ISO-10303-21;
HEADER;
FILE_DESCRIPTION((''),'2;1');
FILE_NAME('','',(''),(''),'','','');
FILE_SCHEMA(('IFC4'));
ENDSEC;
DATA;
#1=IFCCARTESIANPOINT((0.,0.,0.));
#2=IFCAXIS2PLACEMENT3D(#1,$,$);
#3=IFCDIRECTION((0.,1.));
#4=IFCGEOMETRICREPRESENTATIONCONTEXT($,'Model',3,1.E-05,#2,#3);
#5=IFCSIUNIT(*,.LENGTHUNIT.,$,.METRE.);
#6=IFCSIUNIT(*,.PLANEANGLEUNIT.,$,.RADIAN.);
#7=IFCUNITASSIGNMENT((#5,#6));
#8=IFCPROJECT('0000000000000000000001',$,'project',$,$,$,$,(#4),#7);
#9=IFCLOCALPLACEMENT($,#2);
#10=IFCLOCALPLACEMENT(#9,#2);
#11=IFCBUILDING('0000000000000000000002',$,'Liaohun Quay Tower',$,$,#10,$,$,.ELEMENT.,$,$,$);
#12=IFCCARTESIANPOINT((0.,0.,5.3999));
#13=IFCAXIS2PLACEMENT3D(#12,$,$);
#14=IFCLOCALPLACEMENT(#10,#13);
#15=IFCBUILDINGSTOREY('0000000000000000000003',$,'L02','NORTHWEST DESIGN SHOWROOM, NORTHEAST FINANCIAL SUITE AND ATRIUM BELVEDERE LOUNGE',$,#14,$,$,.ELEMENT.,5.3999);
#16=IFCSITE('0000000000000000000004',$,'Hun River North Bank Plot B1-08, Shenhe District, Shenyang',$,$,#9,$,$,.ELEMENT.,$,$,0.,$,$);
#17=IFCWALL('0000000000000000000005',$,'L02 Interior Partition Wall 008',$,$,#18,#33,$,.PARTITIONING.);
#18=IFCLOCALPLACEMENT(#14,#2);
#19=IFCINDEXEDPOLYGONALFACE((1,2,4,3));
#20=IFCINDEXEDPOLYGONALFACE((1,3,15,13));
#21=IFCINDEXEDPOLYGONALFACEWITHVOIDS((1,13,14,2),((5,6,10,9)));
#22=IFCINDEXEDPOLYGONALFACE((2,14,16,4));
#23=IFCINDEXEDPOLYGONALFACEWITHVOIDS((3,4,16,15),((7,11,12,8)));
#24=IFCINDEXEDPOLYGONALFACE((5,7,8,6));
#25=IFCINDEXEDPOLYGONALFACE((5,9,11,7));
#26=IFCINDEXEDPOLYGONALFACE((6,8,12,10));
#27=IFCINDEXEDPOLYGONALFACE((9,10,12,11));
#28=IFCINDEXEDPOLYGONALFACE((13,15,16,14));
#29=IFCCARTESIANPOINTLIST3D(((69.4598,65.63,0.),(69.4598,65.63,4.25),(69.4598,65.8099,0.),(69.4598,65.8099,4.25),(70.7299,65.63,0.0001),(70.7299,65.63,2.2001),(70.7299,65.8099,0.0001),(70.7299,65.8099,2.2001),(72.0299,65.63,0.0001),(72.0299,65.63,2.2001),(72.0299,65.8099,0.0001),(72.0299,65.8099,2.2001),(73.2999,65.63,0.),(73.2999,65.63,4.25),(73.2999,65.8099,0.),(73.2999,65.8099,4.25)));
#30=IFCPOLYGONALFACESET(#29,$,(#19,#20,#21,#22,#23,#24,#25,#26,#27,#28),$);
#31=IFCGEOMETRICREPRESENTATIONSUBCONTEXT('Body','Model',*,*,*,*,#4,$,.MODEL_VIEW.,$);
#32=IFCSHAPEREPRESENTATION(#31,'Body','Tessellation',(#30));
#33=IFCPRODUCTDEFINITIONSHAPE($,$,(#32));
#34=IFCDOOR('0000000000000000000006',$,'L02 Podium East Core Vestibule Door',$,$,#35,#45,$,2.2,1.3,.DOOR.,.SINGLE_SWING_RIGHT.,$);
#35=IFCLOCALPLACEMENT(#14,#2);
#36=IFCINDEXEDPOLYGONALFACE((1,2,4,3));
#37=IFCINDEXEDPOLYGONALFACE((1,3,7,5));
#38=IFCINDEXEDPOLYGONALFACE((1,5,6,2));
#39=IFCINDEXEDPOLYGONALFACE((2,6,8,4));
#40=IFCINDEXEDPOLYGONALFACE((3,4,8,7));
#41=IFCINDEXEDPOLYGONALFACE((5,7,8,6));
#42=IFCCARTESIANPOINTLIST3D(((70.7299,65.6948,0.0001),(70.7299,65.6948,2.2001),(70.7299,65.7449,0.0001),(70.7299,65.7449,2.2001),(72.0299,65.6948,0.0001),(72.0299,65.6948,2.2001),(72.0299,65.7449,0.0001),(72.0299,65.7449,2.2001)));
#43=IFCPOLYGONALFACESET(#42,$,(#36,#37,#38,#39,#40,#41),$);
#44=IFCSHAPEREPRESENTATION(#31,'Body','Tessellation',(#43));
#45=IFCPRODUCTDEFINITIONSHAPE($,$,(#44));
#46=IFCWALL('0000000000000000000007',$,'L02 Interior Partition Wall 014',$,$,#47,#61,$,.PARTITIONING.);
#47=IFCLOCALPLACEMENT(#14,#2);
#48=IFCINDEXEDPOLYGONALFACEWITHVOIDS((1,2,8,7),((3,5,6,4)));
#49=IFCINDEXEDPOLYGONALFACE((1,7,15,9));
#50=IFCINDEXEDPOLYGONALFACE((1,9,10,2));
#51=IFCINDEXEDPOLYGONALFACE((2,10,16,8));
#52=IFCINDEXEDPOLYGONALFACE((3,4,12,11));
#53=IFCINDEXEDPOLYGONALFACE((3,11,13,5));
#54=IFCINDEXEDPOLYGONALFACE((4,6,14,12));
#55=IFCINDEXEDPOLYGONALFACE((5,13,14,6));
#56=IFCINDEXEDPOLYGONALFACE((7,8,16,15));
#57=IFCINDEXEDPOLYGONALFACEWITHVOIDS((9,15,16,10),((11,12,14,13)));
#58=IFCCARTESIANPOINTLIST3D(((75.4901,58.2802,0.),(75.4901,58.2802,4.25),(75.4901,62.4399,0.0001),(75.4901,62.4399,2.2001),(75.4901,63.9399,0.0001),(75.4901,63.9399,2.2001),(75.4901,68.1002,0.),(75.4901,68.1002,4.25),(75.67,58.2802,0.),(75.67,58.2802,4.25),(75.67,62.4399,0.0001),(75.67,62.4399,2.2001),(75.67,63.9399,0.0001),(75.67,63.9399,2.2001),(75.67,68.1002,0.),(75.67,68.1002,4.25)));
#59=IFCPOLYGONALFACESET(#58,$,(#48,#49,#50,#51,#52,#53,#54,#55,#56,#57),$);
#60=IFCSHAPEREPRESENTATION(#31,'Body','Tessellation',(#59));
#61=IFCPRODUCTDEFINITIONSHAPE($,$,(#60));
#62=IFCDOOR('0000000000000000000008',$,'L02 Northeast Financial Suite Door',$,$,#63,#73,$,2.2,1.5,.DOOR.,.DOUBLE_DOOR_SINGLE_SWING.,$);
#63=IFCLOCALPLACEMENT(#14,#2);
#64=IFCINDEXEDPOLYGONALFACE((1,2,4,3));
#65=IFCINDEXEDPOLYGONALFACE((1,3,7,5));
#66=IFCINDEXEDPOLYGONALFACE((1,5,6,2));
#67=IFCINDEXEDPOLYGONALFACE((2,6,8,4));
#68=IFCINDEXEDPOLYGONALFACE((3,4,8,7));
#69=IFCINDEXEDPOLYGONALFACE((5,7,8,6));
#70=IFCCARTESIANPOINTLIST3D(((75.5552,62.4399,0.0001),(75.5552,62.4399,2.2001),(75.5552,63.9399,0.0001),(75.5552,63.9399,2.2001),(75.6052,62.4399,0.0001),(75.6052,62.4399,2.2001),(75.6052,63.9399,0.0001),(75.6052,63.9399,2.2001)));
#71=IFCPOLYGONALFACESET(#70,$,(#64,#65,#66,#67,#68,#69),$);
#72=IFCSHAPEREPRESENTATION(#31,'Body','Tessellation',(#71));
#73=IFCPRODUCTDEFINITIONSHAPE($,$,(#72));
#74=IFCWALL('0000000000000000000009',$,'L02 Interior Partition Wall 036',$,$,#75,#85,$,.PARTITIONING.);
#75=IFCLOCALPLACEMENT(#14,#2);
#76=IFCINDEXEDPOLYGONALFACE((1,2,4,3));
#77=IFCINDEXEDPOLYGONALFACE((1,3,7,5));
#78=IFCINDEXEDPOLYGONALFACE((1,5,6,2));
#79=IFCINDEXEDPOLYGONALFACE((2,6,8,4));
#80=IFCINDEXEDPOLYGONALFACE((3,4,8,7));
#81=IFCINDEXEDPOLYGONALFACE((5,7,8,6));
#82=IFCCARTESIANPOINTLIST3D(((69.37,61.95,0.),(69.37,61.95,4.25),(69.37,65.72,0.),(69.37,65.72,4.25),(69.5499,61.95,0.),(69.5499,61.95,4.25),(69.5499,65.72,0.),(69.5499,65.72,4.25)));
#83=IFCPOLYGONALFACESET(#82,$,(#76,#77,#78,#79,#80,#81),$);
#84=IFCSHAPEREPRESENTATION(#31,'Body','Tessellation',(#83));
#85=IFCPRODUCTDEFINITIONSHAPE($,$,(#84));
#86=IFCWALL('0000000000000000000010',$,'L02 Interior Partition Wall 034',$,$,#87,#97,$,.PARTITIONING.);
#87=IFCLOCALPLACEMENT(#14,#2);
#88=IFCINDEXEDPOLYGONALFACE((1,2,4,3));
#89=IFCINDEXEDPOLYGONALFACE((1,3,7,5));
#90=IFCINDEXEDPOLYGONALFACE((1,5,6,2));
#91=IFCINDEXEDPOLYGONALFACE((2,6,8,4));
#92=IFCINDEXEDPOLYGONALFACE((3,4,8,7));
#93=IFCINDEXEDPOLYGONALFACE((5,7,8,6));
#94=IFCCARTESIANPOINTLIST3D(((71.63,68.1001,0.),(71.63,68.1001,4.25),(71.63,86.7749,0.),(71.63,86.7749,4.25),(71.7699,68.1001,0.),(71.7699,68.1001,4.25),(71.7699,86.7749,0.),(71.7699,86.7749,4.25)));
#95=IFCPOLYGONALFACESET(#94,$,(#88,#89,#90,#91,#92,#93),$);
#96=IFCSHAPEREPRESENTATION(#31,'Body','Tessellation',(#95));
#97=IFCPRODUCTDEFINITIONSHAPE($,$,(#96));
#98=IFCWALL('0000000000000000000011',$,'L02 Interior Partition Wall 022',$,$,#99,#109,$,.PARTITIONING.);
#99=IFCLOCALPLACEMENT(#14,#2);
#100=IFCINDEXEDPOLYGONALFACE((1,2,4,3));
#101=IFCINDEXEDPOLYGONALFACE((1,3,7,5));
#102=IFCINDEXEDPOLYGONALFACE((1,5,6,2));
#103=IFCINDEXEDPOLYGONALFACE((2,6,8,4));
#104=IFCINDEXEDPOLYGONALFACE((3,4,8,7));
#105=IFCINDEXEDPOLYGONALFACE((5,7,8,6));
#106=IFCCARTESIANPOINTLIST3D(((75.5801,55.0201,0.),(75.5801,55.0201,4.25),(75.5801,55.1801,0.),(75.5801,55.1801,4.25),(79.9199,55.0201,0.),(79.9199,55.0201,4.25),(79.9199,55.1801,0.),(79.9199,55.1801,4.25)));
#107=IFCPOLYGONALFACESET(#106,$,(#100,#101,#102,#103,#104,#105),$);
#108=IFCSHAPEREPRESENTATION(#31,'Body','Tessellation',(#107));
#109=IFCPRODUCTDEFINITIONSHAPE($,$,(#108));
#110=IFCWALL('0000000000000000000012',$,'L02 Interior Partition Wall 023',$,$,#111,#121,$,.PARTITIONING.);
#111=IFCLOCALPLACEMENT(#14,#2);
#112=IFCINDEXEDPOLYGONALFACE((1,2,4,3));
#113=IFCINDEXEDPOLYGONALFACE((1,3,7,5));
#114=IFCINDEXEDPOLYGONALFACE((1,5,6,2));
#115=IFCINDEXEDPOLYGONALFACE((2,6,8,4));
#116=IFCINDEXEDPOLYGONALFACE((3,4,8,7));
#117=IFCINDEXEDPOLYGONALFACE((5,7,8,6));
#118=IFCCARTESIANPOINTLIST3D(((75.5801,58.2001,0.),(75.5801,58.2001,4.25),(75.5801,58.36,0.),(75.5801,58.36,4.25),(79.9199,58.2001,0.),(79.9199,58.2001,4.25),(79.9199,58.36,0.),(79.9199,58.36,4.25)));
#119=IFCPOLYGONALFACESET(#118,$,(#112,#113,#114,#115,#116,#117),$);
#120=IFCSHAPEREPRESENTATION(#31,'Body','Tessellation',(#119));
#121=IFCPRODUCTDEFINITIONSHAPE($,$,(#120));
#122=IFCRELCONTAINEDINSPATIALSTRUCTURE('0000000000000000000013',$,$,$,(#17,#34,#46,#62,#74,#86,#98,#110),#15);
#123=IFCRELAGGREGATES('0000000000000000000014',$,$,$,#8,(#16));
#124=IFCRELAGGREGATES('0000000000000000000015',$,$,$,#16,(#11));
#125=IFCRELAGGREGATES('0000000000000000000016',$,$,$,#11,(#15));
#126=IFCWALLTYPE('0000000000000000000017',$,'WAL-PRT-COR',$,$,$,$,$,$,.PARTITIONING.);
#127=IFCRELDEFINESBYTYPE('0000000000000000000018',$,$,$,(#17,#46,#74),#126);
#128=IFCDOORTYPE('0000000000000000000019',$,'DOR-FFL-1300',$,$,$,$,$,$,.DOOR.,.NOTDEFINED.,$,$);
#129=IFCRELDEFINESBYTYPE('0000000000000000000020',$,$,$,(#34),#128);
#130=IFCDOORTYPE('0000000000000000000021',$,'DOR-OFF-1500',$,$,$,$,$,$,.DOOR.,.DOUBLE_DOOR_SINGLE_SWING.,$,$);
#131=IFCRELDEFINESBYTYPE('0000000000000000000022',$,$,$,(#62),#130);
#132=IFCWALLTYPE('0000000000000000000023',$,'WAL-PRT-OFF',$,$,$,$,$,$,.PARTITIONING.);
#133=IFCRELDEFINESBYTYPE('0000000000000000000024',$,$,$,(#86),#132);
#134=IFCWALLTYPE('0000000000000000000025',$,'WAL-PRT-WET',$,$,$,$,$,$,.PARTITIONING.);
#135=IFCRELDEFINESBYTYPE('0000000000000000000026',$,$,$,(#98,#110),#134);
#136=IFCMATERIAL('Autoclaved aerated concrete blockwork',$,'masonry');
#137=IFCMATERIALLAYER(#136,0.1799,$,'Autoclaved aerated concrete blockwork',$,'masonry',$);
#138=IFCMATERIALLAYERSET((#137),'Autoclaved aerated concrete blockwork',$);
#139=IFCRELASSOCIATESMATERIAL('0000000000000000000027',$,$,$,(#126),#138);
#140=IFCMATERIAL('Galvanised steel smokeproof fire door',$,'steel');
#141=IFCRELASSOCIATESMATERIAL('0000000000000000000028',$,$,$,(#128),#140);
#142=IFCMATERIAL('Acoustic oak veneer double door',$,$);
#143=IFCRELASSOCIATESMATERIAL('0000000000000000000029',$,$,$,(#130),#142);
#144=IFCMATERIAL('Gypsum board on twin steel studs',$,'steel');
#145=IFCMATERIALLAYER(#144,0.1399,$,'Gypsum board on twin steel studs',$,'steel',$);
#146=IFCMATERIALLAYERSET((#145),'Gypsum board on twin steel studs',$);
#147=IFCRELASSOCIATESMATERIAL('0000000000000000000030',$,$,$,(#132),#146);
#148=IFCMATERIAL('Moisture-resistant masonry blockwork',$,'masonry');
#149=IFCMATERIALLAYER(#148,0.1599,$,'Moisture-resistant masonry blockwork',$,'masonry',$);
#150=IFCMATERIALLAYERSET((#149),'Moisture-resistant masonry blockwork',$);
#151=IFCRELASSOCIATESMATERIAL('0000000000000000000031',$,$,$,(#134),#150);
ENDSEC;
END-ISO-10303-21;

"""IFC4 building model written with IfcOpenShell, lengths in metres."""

from ifc_helpers import new_model, si_unit, direction, frame, frame_2d, origin, place, context, subcontext, project, spatial, rectangle, extrude, source, transform, mapped, material, layer, layer_set, type_object, element, fill, save


model = new_model("IFC4")

# Units and contexts
model_context = context("Model", 3, precision=1e-05, world=origin(), true_north=direction((0.0, 1.0)))
body_context = subcontext(model_context, "Body", "Model", "MODEL_VIEW")
ifc_project = project(units=[si_unit("LENGTHUNIT", "METRE"), si_unit("PLANEANGLEUNIT", "RADIAN")], contexts=[model_context])

# Site, building, storey
site_placement = place(None, origin())
site = spatial("IfcSite", under=ifc_project, at=site_placement, Name="Hun River North Bank Plot B1-08, Shenhe District, Shenyang", CompositionType="ELEMENT", RefElevation=0.0)
building_placement = place(site_placement, origin())
building = spatial("IfcBuilding", under=site, at=building_placement, Name="Liaohun Quay Tower", CompositionType="ELEMENT")
storey_placement = place(building_placement, frame((0.0, 0.0, 5.3999)))
storey = spatial("IfcBuildingStorey", under=building, at=storey_placement, Name="L02", Description="NORTHWEST DESIGN SHOWROOM, NORTHEAST FINANCIAL SUITE AND ATRIUM BELVEDERE LOUNGE", CompositionType="ELEMENT", Elevation=5.3999)

# Walls, openings, doors
ifc_material_1 = material(Name="Autoclaved aerated concrete blockwork", Category="masonry")
ifc_layer_1 = layer(ifc_material_1, 0.1799, Name="Autoclaved aerated concrete blockwork", Category="masonry")
ifc_layer_set_1 = layer_set([ifc_layer_1], Name="Autoclaved aerated concrete blockwork")
wall_type_1 = type_object("IfcWallType", Name="WAL-PRT-COR", PredefinedType="PARTITIONING", material=ifc_layer_set_1)
wall_1_placement = place(storey_placement, frame((69.46, 65.72, 0.0), z_axis=(0.0, 0.0, 1.0), x_axis=(1.0, 0.0, 0.0)))
wall_1 = element("IfcWall", 1, at=wall_1_placement, inside=storey, type_object=wall_type_1, Name="L02 Interior Partition Wall 008", PredefinedType="PARTITIONING", context=body_context, shape_type="SweptSolid", body=[
    extrude(rectangle(XDim=3.8401, YDim=0.1799, at=frame_2d((1.9199, 0.0))), origin(), (0.0, 0.0, 1.0), 4.25),
])
shared_shape_1 = source(origin(), body_context, "Body", "SweptSolid", [
    extrude(rectangle(XDim=1.3, YDim=2.2, at=frame_2d((0.6499, 1.1001))), frame((0.0, 0.0999, 0.0), z_axis=(0.0, -1.0, 0.0), x_axis=(1.0, 0.0, 0.0)), (0.0, 0.0, 1.0), 0.2),
])
opening_1_placement = place(wall_1_placement, frame((1.27, 0.0, 0.0)))
opening_1 = element("IfcOpeningElement", 2, at=opening_1_placement, cuts=wall_1, PredefinedType="OPENING", context=body_context, shape_type="MappedRepresentation", body=[
    mapped(shared_shape_1, transform((0.0, 0.0, 0.0), x_axis=(1.0, 0.0, 0.0), y_axis=(0.0, 1.0, 0.0), z_axis=(0.0, 0.0, 1.0), scale=1.0)),
])
ifc_material_2 = material(Name="Galvanised steel smokeproof fire door", Category="steel")
door_type_1 = type_object("IfcDoorType", Name="DOR-FFL-1300", OperationType="NOTDEFINED", PredefinedType="DOOR", material=ifc_material_2)
shared_shape_2 = source(origin(), body_context, "Body", "SweptSolid", [
    extrude(rectangle(XDim=1.3, YDim=2.2, at=frame_2d((0.6499, 1.1001))), frame((0.0, 0.0249, 0.0), z_axis=(0.0, -1.0, 0.0), x_axis=(1.0, 0.0, 0.0)), (0.0, 0.0, 1.0), 0.05),
])
door_1_placement = place(opening_1_placement, origin())
door_1 = element("IfcDoor", 3, at=door_1_placement, inside=storey, type_object=door_type_1, Name="L02 Podium East Core Vestibule Door", OperationType="SINGLE_SWING_RIGHT", OverallHeight=2.2, OverallWidth=1.3, PredefinedType="DOOR", context=body_context, shape_type="MappedRepresentation", body=[
    mapped(shared_shape_2, transform((0.0, 0.0, 0.0), x_axis=(1.0, 0.0, 0.0), y_axis=(0.0, 1.0, 0.0), z_axis=(0.0, 0.0, 1.0), scale=1.0)),
])
fill(opening_1, door_1)
wall_2_placement = place(storey_placement, frame((75.5801, 58.28, 0.0), z_axis=(0.0, 0.0, 1.0), x_axis=(0.0, 1.0, 0.0)))
wall_2 = element("IfcWall", 4, at=wall_2_placement, inside=storey, type_object=wall_type_1, Name="L02 Interior Partition Wall 014", PredefinedType="PARTITIONING", context=body_context, shape_type="SweptSolid", body=[
    extrude(rectangle(XDim=9.8201, YDim=0.1799, at=frame_2d((4.9102, 0.0))), origin(), (0.0, 0.0, 1.0), 4.25),
])
shared_shape_3 = source(origin(), body_context, "Body", "SweptSolid", [
    extrude(rectangle(XDim=1.5, YDim=2.2, at=frame_2d((0.75, 1.1001))), frame((0.0, 0.0999, 0.0), z_axis=(0.0, -1.0, 0.0), x_axis=(1.0, 0.0, 0.0)), (0.0, 0.0, 1.0), 0.2),
])
opening_2_placement = place(wall_2_placement, frame((4.1599, 0.0, 0.0)))
opening_2 = element("IfcOpeningElement", 5, at=opening_2_placement, cuts=wall_2, PredefinedType="OPENING", context=body_context, shape_type="MappedRepresentation", body=[
    mapped(shared_shape_3, transform((0.0, 0.0, 0.0), x_axis=(1.0, 0.0, 0.0), y_axis=(0.0, 1.0, 0.0), z_axis=(0.0, 0.0, 1.0), scale=1.0)),
])
ifc_material_3 = material(Name="Acoustic oak veneer double door")
door_type_2 = type_object("IfcDoorType", Name="DOR-OFF-1500", OperationType="DOUBLE_DOOR_SINGLE_SWING", PredefinedType="DOOR", material=ifc_material_3)
shared_shape_4 = source(origin(), body_context, "Body", "SweptSolid", [
    extrude(rectangle(XDim=1.5, YDim=2.2, at=frame_2d((0.75, 1.1001))), frame((0.0, 0.0249, 0.0), z_axis=(0.0, -1.0, 0.0), x_axis=(1.0, 0.0, 0.0)), (0.0, 0.0, 1.0), 0.05),
])
door_2_placement = place(opening_2_placement, origin())
door_2 = element("IfcDoor", 6, at=door_2_placement, inside=storey, type_object=door_type_2, Name="L02 Northeast Financial Suite Door", OperationType="DOUBLE_DOOR_SINGLE_SWING", OverallHeight=2.2, OverallWidth=1.5, PredefinedType="DOOR", context=body_context, shape_type="MappedRepresentation", body=[
    mapped(shared_shape_4, transform((0.0, 0.0, 0.0), x_axis=(1.0, 0.0, 0.0), y_axis=(0.0, 1.0, 0.0), z_axis=(0.0, 0.0, 1.0), scale=1.0)),
])
fill(opening_2, door_2)

# Walls
wall_3_placement = place(storey_placement, frame((69.46, 61.95, 0.0), z_axis=(0.0, 0.0, 1.0), x_axis=(0.0, 1.0, 0.0)))
element("IfcWall", 7, at=wall_3_placement, inside=storey, type_object=wall_type_1, Name="L02 Interior Partition Wall 036", PredefinedType="PARTITIONING", context=body_context, shape_type="SweptSolid", body=[
    extrude(rectangle(XDim=3.77, YDim=0.1799, at=frame_2d((1.885, 0.0))), origin(), (0.0, 0.0, 1.0), 4.25),
])
ifc_material_4 = material(Name="Gypsum board on twin steel studs", Category="steel")
ifc_layer_2 = layer(ifc_material_4, 0.1399, Name="Gypsum board on twin steel studs", Category="steel")
ifc_layer_set_2 = layer_set([ifc_layer_2], Name="Gypsum board on twin steel studs")
wall_type_2 = type_object("IfcWallType", Name="WAL-PRT-OFF", PredefinedType="PARTITIONING", material=ifc_layer_set_2)
wall_4_placement = place(storey_placement, frame((71.7, 68.1001, 0.0), z_axis=(0.0, 0.0, 1.0), x_axis=(0.0, 1.0, 0.0)))
element("IfcWall", 8, at=wall_4_placement, inside=storey, type_object=wall_type_2, Name="L02 Interior Partition Wall 034", PredefinedType="PARTITIONING", context=body_context, shape_type="SweptSolid", body=[
    extrude(rectangle(XDim=18.6748, YDim=0.1399, at=frame_2d((9.3374, 0.0))), origin(), (0.0, 0.0, 1.0), 4.25),
])

# Shared definitions
ifc_material_5 = material(Name="Moisture-resistant masonry blockwork", Category="masonry")
ifc_layer_3 = layer(ifc_material_5, 0.1599, Name="Moisture-resistant masonry blockwork", Category="masonry")
ifc_layer_set_3 = layer_set([ifc_layer_3], Name="Moisture-resistant masonry blockwork")
wall_type_3 = type_object("IfcWallType", Name="WAL-PRT-WET", PredefinedType="PARTITIONING", material=ifc_layer_set_3)

# Walls
for number, where, z_axis, x_axis, name in (
    (9, (75.5801, 55.1001, 0.0), (0.0, 0.0, 1.0), (1.0, 0.0, 0.0), "L02 Interior Partition Wall 022"),
    (10, (75.5801, 58.28, 0.0), (0.0, 0.0, 1.0), (1.0, 0.0, 0.0), "L02 Interior Partition Wall 023"),
):
    element("IfcWall", number, at=place(storey_placement, frame(where, z_axis=z_axis, x_axis=x_axis)), inside=storey, type_object=wall_type_3, Name=name, PredefinedType="PARTITIONING", context=body_context, shape_type="SweptSolid", body=[
        extrude(rectangle(XDim=4.3398, YDim=0.1599, at=frame_2d((2.1699, 0.0))), origin(), (0.0, 0.0, 1.0), 4.25),
    ])

save(model, "model.ifc")
